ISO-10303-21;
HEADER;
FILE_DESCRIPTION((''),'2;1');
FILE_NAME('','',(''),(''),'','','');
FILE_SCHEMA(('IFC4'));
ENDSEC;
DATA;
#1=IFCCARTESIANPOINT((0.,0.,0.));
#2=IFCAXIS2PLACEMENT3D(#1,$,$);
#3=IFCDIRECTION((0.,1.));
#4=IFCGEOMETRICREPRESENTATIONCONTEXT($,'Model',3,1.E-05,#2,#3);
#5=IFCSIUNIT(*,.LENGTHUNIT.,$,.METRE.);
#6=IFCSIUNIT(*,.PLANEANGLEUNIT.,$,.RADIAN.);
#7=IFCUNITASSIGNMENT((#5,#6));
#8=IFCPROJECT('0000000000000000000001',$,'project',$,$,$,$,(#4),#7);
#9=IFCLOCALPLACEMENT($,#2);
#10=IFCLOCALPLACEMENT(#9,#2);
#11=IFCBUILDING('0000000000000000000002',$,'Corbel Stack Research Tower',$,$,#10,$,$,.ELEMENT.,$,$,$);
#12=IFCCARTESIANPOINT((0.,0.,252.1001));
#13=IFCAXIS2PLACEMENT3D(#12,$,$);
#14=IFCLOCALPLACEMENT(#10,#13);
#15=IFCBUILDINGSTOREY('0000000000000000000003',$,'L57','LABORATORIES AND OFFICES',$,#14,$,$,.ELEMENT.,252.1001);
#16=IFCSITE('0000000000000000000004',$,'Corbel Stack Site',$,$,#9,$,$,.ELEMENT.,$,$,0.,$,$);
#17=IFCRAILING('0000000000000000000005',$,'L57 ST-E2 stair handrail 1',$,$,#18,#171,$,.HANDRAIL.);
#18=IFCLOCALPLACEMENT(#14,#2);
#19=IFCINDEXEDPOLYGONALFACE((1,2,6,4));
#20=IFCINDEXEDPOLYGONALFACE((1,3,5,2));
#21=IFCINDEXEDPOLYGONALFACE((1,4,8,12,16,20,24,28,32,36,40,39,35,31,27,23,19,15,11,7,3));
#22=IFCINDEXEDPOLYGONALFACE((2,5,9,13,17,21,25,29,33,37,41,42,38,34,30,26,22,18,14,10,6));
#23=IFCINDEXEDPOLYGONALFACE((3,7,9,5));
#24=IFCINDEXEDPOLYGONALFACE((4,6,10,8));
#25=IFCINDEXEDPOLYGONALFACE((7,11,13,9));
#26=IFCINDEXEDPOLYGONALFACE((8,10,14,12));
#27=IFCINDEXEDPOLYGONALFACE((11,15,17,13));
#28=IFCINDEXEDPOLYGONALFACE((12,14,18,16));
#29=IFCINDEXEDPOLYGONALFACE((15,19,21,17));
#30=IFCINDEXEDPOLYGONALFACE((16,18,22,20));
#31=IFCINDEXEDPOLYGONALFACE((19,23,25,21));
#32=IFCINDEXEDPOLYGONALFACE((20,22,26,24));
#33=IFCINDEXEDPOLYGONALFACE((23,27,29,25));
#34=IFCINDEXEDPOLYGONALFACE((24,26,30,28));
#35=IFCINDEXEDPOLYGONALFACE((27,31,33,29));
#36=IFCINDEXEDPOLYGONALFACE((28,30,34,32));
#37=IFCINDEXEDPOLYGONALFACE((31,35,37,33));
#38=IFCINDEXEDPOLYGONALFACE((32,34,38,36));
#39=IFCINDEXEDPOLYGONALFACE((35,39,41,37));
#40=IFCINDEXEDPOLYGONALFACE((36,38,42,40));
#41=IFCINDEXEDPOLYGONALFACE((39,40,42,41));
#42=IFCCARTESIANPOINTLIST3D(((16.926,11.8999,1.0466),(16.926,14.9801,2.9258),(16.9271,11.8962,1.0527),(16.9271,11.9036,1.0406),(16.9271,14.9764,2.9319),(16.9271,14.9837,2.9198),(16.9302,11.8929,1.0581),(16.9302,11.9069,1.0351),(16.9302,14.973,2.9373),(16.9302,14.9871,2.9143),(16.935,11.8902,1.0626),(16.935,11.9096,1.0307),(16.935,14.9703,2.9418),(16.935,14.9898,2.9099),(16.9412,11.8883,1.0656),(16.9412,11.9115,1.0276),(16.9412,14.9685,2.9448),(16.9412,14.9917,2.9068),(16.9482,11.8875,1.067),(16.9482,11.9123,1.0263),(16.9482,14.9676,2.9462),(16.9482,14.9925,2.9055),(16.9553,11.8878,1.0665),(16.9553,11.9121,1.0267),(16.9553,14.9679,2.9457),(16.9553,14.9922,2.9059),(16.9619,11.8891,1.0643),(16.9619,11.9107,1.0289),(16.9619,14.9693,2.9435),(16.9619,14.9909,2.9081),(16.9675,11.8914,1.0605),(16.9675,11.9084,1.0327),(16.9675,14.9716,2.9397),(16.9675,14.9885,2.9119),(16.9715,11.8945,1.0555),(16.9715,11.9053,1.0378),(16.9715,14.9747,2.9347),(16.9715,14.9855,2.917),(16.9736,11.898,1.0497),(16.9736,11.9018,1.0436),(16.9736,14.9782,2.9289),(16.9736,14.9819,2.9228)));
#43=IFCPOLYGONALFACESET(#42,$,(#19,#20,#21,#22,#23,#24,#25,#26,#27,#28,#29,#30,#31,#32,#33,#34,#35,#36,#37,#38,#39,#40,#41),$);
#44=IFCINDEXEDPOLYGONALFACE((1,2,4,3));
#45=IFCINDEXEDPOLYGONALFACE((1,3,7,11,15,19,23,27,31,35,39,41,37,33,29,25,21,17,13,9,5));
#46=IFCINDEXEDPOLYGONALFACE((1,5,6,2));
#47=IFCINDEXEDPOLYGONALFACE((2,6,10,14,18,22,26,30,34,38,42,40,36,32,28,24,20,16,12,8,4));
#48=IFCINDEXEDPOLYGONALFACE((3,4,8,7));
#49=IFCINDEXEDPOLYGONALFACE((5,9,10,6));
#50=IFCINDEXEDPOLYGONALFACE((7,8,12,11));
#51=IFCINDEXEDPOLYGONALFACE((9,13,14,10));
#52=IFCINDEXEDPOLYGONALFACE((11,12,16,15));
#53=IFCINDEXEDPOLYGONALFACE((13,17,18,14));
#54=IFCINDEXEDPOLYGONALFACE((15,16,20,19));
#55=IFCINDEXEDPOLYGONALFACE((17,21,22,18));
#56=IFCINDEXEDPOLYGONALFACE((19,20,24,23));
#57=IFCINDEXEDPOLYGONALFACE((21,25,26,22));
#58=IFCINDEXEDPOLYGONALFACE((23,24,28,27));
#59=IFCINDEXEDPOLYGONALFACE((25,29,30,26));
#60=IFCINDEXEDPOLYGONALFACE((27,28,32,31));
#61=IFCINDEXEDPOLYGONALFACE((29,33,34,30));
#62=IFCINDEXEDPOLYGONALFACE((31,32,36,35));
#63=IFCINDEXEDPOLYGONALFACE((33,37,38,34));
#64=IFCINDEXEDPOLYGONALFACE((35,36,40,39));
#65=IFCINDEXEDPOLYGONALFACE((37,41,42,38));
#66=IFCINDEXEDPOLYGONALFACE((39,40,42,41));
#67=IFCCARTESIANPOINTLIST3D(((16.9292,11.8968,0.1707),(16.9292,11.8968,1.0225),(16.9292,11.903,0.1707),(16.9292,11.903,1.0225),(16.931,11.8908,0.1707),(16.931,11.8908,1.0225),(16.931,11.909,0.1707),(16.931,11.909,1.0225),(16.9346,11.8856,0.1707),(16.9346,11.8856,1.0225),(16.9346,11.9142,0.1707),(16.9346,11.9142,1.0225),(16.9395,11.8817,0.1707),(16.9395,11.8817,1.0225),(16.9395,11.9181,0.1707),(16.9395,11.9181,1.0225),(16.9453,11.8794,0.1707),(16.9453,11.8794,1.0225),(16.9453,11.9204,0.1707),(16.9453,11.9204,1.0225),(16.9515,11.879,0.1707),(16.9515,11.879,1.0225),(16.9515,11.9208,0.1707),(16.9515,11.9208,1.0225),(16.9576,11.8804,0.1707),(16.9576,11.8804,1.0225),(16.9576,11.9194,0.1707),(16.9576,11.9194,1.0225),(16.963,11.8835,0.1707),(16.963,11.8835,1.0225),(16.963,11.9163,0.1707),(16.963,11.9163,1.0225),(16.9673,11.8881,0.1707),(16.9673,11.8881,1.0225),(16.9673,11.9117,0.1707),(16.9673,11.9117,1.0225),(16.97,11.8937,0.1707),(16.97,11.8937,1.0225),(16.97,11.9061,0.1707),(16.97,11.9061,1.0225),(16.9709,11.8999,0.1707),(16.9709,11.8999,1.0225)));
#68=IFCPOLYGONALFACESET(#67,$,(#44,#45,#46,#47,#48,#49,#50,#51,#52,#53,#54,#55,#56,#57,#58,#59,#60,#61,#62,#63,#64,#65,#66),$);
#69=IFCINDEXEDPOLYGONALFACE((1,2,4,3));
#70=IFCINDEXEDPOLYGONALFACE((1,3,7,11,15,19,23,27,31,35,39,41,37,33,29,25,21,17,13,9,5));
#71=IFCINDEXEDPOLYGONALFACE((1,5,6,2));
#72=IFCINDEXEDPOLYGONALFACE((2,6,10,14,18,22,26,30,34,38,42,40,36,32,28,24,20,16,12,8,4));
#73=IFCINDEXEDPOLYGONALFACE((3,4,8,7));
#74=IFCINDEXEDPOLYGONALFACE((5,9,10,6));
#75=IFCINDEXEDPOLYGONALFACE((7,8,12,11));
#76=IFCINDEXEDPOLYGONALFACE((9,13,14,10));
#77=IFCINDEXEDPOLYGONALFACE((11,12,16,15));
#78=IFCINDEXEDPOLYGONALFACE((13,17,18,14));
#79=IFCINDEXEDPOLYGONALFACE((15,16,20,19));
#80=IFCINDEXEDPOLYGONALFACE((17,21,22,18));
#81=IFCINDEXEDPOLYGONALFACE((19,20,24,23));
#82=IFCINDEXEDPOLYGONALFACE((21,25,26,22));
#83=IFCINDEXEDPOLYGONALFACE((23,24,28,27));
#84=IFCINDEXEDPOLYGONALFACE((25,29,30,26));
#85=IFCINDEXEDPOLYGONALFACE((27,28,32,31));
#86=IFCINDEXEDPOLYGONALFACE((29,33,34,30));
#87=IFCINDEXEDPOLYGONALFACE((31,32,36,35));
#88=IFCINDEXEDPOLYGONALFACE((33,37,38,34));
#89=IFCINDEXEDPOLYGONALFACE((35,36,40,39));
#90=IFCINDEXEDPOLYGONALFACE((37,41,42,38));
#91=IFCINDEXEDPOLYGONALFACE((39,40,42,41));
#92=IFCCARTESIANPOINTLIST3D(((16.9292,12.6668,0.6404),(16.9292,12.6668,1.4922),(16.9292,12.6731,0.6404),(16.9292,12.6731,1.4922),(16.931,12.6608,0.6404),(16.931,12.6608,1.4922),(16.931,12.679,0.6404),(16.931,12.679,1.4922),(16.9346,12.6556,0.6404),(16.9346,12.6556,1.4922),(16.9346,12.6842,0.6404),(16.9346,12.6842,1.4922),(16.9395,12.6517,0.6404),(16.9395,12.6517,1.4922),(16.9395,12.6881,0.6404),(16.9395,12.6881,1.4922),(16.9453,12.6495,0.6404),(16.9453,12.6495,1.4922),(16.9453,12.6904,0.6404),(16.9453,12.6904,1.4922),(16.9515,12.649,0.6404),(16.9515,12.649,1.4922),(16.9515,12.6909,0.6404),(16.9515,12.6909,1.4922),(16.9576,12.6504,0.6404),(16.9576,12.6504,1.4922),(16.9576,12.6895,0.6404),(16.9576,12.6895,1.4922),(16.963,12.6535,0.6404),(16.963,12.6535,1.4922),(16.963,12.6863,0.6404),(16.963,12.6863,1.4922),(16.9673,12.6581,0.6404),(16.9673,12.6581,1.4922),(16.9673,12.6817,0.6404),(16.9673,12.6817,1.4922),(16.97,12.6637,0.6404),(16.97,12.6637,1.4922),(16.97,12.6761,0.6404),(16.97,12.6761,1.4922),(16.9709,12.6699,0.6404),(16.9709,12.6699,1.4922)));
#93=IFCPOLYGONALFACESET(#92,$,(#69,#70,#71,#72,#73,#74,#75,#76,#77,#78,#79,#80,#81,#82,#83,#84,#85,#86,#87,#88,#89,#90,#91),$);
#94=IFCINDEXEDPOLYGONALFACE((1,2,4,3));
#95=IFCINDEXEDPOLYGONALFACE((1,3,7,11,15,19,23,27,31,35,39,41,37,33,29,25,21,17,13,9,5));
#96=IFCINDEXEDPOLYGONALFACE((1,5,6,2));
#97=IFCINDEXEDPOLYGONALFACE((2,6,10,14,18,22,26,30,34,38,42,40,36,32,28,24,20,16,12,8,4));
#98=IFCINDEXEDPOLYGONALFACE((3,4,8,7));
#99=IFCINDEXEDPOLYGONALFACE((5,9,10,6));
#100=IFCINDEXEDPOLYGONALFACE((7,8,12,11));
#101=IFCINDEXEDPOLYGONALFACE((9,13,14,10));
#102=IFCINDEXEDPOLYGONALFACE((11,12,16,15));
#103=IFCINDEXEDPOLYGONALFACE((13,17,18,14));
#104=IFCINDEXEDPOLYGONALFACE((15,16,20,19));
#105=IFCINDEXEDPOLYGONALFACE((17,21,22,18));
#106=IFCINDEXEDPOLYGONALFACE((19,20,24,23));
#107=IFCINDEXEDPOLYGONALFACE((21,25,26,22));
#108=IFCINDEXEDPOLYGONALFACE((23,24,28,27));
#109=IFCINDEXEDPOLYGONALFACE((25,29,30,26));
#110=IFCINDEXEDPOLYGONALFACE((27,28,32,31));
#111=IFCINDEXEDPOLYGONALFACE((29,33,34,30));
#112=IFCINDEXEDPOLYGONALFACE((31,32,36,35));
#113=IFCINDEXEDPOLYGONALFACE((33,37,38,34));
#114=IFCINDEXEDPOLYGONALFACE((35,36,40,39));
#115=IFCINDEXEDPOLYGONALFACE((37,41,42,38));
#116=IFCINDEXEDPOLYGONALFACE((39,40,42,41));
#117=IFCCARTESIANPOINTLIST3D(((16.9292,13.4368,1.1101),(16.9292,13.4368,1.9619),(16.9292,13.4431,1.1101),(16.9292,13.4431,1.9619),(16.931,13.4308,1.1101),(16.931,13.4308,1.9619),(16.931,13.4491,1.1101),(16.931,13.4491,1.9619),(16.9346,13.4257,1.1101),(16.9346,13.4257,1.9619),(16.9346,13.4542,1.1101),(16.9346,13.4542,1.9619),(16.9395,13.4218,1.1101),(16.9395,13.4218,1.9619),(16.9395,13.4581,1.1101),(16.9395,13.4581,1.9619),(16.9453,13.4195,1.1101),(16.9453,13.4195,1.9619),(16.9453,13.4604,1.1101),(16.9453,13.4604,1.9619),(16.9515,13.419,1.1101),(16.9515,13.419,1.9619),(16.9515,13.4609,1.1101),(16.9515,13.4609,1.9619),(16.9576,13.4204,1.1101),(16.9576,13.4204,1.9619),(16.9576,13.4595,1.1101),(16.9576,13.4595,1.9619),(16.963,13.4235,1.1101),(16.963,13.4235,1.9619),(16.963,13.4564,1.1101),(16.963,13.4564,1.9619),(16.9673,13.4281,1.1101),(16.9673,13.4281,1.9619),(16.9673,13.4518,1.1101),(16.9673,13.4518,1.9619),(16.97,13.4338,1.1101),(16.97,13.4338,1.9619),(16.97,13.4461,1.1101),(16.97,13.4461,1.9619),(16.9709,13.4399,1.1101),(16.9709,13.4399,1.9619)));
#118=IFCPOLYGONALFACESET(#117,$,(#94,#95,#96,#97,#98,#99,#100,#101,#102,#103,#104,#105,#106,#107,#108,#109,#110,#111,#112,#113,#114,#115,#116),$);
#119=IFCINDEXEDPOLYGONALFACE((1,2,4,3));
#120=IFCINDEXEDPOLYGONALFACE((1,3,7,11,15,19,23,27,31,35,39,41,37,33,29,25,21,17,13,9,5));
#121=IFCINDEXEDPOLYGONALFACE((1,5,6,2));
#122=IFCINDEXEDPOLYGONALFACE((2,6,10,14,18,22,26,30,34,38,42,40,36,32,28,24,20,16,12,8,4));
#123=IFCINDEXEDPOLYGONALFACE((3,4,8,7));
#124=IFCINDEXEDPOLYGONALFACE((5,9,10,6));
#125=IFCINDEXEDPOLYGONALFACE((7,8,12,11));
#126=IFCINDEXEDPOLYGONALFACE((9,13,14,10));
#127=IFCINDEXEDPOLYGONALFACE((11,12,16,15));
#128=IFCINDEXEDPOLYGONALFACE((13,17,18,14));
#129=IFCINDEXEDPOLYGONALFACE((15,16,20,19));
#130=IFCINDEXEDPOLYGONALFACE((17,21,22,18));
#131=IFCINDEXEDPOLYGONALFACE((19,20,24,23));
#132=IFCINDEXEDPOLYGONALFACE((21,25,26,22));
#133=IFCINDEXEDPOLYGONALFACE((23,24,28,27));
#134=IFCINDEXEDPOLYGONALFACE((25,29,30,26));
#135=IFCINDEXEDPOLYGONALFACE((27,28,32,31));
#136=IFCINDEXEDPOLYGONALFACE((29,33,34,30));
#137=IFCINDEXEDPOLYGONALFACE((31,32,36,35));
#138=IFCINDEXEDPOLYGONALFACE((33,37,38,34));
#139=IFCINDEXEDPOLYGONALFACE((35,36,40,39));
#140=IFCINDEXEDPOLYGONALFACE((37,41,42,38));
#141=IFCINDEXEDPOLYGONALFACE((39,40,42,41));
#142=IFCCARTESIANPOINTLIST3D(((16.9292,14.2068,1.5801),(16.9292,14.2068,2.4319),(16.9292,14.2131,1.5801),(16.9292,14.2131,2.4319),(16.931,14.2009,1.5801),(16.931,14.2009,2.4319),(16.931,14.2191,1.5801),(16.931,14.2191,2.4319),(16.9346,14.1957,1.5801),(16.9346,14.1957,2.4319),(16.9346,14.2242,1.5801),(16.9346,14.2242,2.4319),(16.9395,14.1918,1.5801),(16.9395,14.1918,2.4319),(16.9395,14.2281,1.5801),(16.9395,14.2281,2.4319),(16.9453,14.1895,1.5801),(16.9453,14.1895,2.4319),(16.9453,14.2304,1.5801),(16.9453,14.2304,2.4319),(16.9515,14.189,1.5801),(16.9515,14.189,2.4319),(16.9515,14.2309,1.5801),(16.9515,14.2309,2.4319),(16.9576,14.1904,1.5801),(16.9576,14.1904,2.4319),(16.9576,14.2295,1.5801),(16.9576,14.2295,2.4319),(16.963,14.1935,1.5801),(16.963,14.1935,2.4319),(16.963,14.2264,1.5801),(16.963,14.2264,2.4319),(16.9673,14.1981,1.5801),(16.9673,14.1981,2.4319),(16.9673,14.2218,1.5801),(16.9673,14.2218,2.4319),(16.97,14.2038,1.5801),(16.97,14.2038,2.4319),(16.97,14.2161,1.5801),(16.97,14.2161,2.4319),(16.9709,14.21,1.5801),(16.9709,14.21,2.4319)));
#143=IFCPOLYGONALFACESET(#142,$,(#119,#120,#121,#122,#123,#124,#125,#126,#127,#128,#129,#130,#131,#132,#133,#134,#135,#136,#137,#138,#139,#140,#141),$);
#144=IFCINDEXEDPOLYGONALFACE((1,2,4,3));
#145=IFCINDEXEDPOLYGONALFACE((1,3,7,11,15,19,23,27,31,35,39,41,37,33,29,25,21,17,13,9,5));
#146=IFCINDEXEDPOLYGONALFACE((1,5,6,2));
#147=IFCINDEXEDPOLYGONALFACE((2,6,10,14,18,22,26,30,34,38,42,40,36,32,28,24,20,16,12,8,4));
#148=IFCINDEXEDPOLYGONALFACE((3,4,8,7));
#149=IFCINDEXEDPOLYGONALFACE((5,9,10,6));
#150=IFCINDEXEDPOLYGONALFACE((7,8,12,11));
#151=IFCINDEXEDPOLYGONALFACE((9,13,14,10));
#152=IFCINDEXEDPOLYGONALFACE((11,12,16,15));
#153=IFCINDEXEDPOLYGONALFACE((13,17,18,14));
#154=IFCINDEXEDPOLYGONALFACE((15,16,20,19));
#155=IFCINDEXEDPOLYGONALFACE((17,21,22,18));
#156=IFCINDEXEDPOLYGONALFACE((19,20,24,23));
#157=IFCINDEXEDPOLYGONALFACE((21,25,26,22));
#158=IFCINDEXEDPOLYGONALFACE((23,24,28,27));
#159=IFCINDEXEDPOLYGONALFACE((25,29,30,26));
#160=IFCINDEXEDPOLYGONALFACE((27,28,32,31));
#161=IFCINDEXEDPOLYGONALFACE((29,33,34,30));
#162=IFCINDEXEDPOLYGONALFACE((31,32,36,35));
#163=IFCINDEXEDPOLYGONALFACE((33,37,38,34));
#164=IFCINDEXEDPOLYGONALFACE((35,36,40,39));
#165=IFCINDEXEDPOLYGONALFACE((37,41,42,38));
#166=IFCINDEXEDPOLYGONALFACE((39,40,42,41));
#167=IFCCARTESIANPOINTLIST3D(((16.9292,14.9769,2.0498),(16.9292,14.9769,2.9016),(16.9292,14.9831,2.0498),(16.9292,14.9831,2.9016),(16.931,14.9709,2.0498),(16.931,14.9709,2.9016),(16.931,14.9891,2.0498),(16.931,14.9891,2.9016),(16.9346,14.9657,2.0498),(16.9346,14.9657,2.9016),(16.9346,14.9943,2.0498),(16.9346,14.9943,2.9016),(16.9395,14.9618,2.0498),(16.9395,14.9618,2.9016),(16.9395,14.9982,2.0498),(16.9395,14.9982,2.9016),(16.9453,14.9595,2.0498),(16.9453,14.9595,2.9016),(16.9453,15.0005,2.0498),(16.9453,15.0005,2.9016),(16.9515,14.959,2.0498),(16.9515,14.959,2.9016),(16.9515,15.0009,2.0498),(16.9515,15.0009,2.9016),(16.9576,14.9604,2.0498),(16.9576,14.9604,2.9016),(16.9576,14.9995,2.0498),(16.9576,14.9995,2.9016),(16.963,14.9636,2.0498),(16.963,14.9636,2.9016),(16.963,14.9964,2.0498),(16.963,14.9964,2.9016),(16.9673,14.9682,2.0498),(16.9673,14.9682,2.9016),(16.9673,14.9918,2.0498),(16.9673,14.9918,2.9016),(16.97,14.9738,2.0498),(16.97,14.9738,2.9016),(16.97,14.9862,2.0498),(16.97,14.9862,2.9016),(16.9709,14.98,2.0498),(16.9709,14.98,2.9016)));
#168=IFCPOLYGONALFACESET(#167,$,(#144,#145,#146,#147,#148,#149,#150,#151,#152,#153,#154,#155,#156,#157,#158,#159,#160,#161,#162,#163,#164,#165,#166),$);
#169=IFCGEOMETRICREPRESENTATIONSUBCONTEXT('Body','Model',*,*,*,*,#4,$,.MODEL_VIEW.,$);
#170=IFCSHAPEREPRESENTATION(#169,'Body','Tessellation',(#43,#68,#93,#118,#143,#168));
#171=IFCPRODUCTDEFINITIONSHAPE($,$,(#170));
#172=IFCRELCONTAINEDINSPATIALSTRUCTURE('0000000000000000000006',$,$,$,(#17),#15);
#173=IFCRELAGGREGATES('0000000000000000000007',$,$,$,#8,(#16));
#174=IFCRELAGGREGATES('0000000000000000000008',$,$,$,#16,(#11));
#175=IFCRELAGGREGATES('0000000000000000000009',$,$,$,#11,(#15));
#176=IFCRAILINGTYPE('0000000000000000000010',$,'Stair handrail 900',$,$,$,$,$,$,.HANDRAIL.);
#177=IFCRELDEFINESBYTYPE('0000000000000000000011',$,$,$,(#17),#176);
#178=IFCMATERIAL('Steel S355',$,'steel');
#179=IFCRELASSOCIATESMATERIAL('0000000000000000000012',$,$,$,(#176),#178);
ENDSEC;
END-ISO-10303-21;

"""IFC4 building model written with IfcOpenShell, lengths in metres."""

from ifc_helpers import new_model, si_unit, direction, frame, origin, origin_2d, place, context, subcontext, project, spatial, circle, extrude, material, type_object, element, save


model = new_model("IFC4")

# Units and contexts
model_context = context("Model", 3, precision=1e-05, world=origin(), true_north=direction((0.0, 1.0)))
body_context = subcontext(model_context, "Body", "Model", "MODEL_VIEW")
ifc_project = project(units=[si_unit("LENGTHUNIT", "METRE"), si_unit("PLANEANGLEUNIT", "RADIAN")], contexts=[model_context])

# Site, building, storey
site_placement = place(None, origin())
site = spatial("IfcSite", under=ifc_project, at=site_placement, Name="Corbel Stack Site", CompositionType="ELEMENT", RefElevation=0.0)
building_placement = place(site_placement, origin())
building = spatial("IfcBuilding", under=site, at=building_placement, Name="Corbel Stack Research Tower", CompositionType="ELEMENT")
storey_placement = place(building_placement, frame((0.0, 0.0, 252.1001)))
storey = spatial("IfcBuildingStorey", under=building, at=storey_placement, Name="L57", Description="LABORATORIES AND OFFICES", CompositionType="ELEMENT", Elevation=252.1001)

# Railing
ifc_material_1 = material(Name="Steel S355", Category="steel")
railing_type_1 = type_object("IfcRailingType", Name="Stair handrail 900", PredefinedType="HANDRAIL", material=ifc_material_1)
railing_1_placement = place(storey_placement, frame((16.95, 11.8999, 0.1707)))
element("IfcRailing", 1, at=railing_1_placement, inside=storey, type_object=railing_type_1, Name="L57 ST-E2 stair handrail 1", PredefinedType="HANDRAIL", context=body_context, shape_type="SweptSolid", body=[
    extrude(circle(Radius=0.0239, at=origin_2d()), frame((0.0, 0.0, 0.876), z_axis=(0.0, 0.853666, 0.52082), x_axis=(-1.0, 0.0, 0.0)), (0.0, 0.0, 1.0), 3.6082),
    extrude(circle(Radius=0.021, at=origin_2d()), origin(), (0.0, 0.0, 1.0), 0.8518),
    extrude(circle(Radius=0.021, at=origin_2d()), frame((0.0, 0.77, 0.4697)), (0.0, 0.0, 1.0), 0.8518),
    extrude(circle(Radius=0.021, at=origin_2d()), frame((0.0, 1.54, 0.9395)), (0.0, 0.0, 1.0), 0.8518),
    extrude(circle(Radius=0.021, at=origin_2d()), frame((0.0, 2.3101, 1.4094)), (0.0, 0.0, 1.0), 0.8518),
    extrude(circle(Radius=0.021, at=origin_2d()), frame((0.0, 3.0801, 1.8792)), (0.0, 0.0, 1.0), 0.8518),
])

save(model, "model.ifc")
